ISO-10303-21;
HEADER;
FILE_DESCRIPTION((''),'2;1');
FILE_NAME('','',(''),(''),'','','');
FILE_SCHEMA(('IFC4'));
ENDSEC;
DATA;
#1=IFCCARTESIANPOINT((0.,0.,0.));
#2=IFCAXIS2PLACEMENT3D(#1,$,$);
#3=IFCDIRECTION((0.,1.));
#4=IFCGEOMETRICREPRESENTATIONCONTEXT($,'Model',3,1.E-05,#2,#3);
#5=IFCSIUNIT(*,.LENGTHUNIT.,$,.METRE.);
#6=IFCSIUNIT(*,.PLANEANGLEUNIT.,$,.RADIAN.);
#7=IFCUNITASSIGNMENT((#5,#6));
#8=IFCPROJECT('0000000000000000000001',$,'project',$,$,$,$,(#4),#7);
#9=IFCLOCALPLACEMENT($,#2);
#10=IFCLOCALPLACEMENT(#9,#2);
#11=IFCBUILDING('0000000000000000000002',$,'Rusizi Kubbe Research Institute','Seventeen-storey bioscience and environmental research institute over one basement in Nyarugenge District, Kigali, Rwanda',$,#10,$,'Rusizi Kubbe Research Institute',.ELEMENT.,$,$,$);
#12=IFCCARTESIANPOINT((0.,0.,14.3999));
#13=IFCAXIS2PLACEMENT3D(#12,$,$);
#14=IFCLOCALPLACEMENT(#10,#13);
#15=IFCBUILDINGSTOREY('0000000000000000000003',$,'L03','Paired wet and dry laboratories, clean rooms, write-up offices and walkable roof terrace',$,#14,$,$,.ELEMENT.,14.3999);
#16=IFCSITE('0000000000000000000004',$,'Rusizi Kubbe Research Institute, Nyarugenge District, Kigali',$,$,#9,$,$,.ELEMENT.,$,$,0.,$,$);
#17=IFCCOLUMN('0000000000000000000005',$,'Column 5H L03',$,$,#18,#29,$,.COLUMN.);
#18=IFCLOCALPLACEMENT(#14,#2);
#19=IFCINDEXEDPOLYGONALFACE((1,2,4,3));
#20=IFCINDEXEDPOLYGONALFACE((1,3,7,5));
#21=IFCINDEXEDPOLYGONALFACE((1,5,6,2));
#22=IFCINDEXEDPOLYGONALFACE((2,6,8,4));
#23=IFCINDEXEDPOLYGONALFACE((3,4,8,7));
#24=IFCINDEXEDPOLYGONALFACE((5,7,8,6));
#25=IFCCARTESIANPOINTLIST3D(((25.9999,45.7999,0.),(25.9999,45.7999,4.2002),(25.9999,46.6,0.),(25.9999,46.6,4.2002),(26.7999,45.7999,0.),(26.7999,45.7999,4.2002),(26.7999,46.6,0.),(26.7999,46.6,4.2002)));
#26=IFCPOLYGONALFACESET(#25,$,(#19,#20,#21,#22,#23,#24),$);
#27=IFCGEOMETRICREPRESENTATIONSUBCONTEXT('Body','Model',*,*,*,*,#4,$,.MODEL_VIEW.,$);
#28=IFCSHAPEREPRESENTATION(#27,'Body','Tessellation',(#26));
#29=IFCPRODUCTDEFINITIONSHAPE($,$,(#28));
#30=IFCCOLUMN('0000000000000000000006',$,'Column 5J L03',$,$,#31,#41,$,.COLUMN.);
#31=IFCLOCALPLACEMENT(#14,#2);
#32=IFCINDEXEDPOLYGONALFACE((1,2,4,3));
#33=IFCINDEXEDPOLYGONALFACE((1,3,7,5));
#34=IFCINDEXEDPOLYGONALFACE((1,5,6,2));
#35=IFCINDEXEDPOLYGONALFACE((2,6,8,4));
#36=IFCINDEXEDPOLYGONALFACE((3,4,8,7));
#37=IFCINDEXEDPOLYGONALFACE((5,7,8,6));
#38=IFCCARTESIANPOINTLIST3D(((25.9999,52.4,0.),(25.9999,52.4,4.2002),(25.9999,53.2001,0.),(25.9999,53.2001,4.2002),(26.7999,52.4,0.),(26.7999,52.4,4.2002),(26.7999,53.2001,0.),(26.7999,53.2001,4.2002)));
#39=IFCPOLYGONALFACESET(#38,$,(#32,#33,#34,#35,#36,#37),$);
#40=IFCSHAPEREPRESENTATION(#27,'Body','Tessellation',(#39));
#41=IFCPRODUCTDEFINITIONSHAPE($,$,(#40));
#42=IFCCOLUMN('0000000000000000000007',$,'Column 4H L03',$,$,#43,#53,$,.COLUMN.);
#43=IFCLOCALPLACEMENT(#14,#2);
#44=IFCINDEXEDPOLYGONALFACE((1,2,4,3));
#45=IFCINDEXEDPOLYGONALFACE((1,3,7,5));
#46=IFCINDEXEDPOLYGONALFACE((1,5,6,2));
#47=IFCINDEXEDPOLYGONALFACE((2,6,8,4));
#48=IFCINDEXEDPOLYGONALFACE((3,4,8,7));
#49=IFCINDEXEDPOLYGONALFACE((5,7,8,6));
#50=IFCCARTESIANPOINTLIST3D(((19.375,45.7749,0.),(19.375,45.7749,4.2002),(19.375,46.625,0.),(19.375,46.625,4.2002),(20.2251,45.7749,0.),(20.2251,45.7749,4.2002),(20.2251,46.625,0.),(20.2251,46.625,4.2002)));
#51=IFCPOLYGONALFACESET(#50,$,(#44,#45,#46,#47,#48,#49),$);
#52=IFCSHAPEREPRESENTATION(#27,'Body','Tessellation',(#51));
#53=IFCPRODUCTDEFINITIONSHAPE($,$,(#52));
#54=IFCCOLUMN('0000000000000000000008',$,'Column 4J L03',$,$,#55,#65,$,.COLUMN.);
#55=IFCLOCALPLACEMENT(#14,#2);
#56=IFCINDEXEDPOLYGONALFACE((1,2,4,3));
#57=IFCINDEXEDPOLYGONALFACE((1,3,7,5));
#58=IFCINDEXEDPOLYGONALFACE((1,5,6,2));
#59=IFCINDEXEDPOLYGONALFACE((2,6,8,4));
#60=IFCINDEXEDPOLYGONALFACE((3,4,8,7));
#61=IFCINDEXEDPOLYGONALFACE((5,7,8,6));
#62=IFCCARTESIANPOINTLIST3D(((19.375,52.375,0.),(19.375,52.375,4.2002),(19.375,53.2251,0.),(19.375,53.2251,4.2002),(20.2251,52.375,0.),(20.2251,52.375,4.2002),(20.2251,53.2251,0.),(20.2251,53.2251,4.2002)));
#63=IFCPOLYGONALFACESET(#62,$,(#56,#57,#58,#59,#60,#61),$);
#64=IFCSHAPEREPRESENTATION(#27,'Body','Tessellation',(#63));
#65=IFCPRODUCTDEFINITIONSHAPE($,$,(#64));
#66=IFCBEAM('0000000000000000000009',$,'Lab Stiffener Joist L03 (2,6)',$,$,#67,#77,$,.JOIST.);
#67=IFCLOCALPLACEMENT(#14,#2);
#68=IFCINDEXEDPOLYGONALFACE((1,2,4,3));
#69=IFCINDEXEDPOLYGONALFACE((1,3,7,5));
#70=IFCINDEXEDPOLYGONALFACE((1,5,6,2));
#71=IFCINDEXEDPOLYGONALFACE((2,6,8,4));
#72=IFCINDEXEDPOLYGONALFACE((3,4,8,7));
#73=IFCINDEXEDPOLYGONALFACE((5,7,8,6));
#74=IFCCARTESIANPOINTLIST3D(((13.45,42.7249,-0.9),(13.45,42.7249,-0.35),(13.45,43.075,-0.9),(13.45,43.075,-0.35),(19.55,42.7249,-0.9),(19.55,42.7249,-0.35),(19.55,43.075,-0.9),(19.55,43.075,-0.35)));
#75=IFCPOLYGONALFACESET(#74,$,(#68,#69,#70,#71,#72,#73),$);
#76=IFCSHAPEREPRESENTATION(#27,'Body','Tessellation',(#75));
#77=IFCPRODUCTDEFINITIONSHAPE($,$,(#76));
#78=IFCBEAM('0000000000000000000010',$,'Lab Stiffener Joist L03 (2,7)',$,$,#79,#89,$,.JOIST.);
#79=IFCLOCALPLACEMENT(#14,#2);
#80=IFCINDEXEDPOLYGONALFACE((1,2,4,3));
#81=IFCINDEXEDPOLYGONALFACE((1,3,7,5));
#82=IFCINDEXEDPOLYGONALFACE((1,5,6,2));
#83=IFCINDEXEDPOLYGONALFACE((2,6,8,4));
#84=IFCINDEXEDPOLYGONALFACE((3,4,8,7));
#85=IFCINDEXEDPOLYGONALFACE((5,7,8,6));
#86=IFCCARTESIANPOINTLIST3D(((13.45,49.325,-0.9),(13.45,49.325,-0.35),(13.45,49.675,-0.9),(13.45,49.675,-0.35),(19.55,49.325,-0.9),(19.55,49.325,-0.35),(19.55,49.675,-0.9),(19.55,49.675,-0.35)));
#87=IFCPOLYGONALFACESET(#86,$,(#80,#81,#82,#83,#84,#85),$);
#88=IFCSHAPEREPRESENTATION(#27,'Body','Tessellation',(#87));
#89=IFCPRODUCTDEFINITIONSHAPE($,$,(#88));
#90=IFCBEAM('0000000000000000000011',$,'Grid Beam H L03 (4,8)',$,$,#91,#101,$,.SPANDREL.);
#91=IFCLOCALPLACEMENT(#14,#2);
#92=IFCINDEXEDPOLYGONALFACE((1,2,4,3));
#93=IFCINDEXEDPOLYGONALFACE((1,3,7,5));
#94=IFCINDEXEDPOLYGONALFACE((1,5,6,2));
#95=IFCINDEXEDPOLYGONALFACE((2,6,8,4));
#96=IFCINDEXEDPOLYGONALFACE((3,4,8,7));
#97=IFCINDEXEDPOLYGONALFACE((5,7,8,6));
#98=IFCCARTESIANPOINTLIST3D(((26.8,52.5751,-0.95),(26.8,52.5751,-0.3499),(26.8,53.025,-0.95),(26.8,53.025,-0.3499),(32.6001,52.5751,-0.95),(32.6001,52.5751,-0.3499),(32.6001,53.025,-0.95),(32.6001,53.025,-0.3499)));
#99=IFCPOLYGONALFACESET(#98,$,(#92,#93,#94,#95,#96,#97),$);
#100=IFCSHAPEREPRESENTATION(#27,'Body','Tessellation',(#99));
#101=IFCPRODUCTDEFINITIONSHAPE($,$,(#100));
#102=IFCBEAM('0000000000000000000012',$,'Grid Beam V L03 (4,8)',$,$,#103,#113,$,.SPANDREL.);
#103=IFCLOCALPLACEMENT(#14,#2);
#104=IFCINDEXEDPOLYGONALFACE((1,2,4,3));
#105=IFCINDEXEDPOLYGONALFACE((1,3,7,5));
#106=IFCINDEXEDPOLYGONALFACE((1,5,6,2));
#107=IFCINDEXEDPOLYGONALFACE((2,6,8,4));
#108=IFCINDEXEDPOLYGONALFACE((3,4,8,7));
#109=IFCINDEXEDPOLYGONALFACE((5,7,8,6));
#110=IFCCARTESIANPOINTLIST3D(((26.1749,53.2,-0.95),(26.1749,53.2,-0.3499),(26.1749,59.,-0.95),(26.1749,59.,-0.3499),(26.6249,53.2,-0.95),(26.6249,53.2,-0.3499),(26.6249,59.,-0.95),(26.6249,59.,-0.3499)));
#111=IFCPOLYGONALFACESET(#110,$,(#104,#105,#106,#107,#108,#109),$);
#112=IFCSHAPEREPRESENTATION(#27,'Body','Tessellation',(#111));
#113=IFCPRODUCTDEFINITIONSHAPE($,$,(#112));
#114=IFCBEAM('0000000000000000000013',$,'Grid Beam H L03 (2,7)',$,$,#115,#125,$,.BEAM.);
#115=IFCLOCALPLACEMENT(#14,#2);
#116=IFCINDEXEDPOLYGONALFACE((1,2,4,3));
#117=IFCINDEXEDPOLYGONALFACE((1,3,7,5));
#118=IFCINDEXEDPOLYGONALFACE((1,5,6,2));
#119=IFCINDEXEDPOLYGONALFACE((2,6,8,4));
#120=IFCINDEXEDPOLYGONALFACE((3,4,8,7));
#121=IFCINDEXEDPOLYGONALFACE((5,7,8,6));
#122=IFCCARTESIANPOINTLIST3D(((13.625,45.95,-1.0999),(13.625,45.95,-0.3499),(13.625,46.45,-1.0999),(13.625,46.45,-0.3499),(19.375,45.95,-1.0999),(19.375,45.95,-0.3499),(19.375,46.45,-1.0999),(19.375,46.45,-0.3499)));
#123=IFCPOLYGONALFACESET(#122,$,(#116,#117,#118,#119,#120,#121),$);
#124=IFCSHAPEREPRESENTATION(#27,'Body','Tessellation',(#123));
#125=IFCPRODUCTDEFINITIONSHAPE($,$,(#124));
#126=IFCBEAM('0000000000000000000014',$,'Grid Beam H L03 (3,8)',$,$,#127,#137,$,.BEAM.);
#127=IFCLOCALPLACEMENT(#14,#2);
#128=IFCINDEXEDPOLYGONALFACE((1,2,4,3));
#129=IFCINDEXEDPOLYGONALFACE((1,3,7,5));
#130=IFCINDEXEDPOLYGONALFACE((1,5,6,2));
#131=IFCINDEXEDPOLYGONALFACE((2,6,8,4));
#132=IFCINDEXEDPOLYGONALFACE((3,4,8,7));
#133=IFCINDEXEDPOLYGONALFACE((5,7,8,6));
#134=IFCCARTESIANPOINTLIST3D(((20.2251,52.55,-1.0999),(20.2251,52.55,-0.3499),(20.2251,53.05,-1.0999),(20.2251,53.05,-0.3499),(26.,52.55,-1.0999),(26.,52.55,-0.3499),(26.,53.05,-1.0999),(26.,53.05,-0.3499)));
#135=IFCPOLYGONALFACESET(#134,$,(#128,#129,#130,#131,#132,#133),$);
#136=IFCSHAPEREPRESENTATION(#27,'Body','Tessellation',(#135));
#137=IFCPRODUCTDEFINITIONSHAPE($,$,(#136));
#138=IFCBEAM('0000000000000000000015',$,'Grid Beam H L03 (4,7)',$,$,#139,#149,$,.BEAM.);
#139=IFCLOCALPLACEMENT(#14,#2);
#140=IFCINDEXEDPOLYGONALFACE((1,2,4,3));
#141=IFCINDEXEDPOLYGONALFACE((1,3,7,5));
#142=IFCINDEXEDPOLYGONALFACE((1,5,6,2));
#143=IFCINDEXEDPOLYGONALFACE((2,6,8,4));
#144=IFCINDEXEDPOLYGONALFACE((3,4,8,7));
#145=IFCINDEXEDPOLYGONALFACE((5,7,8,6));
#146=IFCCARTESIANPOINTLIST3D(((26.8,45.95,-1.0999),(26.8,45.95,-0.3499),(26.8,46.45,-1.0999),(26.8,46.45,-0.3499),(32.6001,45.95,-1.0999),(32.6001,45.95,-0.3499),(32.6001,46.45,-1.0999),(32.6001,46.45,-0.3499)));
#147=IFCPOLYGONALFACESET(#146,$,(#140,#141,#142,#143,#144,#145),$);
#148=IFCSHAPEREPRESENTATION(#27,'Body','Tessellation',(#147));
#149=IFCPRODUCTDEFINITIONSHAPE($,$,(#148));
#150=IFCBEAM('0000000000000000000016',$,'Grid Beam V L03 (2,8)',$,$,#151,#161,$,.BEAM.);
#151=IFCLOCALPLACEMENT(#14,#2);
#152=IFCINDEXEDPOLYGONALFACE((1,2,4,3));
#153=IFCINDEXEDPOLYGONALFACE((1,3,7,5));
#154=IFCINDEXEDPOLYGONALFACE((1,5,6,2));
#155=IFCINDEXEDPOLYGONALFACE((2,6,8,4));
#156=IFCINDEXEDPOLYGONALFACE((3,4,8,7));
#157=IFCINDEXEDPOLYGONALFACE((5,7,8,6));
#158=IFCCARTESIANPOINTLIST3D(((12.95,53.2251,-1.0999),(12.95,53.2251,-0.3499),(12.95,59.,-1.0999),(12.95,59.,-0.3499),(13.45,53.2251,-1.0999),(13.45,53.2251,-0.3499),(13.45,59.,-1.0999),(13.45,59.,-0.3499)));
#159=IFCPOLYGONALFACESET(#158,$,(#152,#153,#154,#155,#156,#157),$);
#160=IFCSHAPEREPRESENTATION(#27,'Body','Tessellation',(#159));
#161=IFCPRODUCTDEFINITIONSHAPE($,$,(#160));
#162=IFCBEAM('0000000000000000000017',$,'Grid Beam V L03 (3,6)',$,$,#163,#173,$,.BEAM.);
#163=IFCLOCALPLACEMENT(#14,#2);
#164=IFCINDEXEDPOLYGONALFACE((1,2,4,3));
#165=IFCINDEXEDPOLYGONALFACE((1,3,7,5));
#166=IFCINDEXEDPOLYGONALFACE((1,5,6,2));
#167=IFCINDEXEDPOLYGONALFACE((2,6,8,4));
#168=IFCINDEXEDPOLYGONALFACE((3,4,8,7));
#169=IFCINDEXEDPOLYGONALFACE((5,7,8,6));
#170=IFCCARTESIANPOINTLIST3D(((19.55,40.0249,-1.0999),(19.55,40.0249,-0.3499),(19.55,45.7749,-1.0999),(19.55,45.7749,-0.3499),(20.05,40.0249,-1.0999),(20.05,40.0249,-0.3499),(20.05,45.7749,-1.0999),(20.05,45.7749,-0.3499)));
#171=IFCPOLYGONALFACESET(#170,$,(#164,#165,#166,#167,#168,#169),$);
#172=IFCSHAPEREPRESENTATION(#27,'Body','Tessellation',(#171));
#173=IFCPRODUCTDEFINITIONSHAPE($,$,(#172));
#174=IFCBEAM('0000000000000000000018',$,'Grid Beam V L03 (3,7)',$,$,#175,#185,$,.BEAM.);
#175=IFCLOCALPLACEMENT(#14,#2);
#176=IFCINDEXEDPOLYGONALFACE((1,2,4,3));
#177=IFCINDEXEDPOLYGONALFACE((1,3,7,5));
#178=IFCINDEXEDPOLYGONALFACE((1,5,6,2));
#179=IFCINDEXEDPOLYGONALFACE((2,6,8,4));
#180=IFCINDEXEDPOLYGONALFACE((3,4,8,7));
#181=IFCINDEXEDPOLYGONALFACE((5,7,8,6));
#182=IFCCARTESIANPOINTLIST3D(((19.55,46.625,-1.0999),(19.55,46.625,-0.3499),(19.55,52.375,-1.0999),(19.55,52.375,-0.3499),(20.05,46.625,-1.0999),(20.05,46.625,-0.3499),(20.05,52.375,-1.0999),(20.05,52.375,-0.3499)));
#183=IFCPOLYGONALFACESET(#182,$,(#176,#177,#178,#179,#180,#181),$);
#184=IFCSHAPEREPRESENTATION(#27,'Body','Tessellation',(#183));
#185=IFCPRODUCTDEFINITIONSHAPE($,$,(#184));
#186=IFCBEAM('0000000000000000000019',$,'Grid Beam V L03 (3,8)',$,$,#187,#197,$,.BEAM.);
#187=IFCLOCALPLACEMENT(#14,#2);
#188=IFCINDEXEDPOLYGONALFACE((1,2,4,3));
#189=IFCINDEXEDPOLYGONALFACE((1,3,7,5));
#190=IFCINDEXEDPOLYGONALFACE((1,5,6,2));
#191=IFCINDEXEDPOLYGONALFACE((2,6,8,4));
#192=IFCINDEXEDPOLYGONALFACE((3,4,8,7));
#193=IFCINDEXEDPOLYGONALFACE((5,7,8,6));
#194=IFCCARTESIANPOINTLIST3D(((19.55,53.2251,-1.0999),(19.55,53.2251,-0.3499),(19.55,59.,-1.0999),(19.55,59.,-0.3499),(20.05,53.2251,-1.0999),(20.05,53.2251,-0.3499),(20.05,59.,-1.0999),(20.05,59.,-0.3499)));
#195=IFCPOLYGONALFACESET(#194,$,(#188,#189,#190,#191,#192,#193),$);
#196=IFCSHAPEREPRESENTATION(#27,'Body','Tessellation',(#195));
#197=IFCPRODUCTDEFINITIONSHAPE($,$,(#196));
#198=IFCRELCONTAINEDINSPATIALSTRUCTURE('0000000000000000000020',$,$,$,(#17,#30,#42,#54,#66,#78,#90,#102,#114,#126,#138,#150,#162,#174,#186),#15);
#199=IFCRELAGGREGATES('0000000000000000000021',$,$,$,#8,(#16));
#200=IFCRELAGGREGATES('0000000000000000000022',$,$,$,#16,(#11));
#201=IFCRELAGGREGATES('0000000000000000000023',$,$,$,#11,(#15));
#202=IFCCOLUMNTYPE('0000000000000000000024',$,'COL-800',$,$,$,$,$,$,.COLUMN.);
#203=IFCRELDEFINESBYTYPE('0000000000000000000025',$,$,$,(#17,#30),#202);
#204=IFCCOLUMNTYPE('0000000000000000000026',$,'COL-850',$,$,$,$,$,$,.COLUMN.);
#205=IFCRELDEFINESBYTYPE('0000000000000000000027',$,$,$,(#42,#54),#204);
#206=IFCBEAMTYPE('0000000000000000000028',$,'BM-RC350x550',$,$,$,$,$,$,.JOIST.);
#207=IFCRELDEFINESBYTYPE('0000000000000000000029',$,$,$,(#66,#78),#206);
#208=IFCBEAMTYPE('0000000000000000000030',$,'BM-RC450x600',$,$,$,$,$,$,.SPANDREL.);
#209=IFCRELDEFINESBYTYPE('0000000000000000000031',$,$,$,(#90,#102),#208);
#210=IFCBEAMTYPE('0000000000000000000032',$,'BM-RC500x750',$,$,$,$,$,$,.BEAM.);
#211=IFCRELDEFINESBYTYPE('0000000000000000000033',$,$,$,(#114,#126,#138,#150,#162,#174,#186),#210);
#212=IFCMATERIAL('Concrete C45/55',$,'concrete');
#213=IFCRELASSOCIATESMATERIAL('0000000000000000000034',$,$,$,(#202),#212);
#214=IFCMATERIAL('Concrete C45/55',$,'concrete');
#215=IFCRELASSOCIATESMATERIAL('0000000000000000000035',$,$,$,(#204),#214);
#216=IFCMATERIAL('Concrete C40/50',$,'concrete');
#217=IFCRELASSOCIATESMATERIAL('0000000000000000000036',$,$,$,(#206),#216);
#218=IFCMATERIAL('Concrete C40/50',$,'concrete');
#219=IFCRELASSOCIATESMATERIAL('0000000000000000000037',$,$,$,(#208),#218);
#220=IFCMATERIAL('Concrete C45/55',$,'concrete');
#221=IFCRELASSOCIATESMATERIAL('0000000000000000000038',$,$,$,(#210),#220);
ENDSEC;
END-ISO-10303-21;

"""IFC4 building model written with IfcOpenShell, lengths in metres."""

from ifc_helpers import new_model, si_unit, direction, frame, origin, origin_2d, place, context, subcontext, project, spatial, rectangle, extrude, material, material_profile, profile_set, type_object, element, save


model = new_model("IFC4")

# Units and contexts
model_context = context("Model", 3, precision=1e-05, world=origin(), true_north=direction((0.0, 1.0)))
body_context = subcontext(model_context, "Body", "Model", "MODEL_VIEW")
ifc_project = project(units=[si_unit("LENGTHUNIT", "METRE"), si_unit("PLANEANGLEUNIT", "RADIAN")], contexts=[model_context])

# Site, building, storey
site_placement = place(None, origin())
site = spatial("IfcSite", under=ifc_project, at=site_placement, Name="Rusizi Kubbe Research Institute, Nyarugenge District, Kigali", CompositionType="ELEMENT", RefElevation=0.0)
building_placement = place(site_placement, origin())
building = spatial("IfcBuilding", under=site, at=building_placement, Name="Rusizi Kubbe Research Institute", Description="Seventeen-storey bioscience and environmental research institute over one basement in Nyarugenge District, Kigali, Rwanda", LongName="Rusizi Kubbe Research Institute", CompositionType="ELEMENT")
storey_placement = place(building_placement, frame((0.0, 0.0, 14.3999)))
storey = spatial("IfcBuildingStorey", under=building, at=storey_placement, Name="L03", Description="Paired wet and dry laboratories, clean rooms, write-up offices and walkable roof terrace", CompositionType="ELEMENT", Elevation=14.3999)

# Columns
ifc_material_1 = material(Name="Concrete C45/55", Category="concrete")
ifc_material_profile_1 = material_profile(ifc_material_1, rectangle(XDim=0.8, YDim=0.8, at=origin_2d()), Name="RC800x800")
ifc_profile_set_1 = profile_set([ifc_material_profile_1], Name="Concrete C45/55")
column_type_1 = type_object("IfcColumnType", Name="COL-800", PredefinedType="COLUMN", material=ifc_profile_set_1)
for number, where, z_axis, x_axis, name in (
    (1, (26.3999, 46.2, 0.0), (0.0, 0.0, 1.0), (1.0, 0.0, 0.0), "Column 5H L03"),
    (2, (26.3999, 52.8, 0.0), (0.0, 0.0, 1.0), (1.0, 0.0, 0.0), "Column 5J L03"),
):
    element("IfcColumn", number, at=place(storey_placement, frame(where, z_axis=z_axis, x_axis=x_axis)), inside=storey, type_object=column_type_1, Name=name, PredefinedType="COLUMN", context=body_context, shape_type="SweptSolid", body=[
        extrude(rectangle(XDim=0.8, YDim=0.8, at=origin_2d()), origin(), (0.0, 0.0, 1.0), 4.2002),
    ])
ifc_material_2 = material(Name="Concrete C45/55", Category="concrete")
ifc_material_profile_2 = material_profile(ifc_material_2, rectangle(XDim=0.8501, YDim=0.8501, at=origin_2d()), Name="RC850x850")
ifc_profile_set_2 = profile_set([ifc_material_profile_2], Name="Concrete C45/55")
column_type_2 = type_object("IfcColumnType", Name="COL-850", PredefinedType="COLUMN", material=ifc_profile_set_2)
for number, where, z_axis, x_axis, name in (
    (3, (19.8, 46.2, 0.0), (0.0, 0.0, 1.0), (1.0, 0.0, 0.0), "Column 4H L03"),
    (4, (19.8, 52.8, 0.0), (0.0, 0.0, 1.0), (1.0, 0.0, 0.0), "Column 4J L03"),
):
    element("IfcColumn", number, at=place(storey_placement, frame(where, z_axis=z_axis, x_axis=x_axis)), inside=storey, type_object=column_type_2, Name=name, PredefinedType="COLUMN", context=body_context, shape_type="SweptSolid", body=[
        extrude(rectangle(XDim=0.8501, YDim=0.8501, at=origin_2d()), origin(), (0.0, 0.0, 1.0), 4.2002),
    ])

# Beams
ifc_material_3 = material(Name="Concrete C40/50", Category="concrete")
ifc_material_profile_3 = material_profile(ifc_material_3, rectangle(XDim=0.3501, YDim=0.55, at=origin_2d()), Name="RC350x550")
ifc_profile_set_3 = profile_set([ifc_material_profile_3], Name="Concrete C40/50")
beam_type_1 = type_object("IfcBeamType", Name="BM-RC350x550", PredefinedType="JOIST", material=ifc_profile_set_3)
for number, where, z_axis, x_axis, name in (
    (5, (13.45, 42.8999, -0.625), (1.0, 0.0, 0.0), (0.0, 1.0, 0.0), "Lab Stiffener Joist L03 (2,6)"),
    (6, (13.45, 49.5, -0.625), (1.0, 0.0, 0.0), (0.0, 1.0, 0.0), "Lab Stiffener Joist L03 (2,7)"),
):
    element("IfcBeam", number, at=place(storey_placement, frame(where, z_axis=z_axis, x_axis=x_axis)), inside=storey, type_object=beam_type_1, Name=name, PredefinedType="JOIST", context=body_context, shape_type="SweptSolid", body=[
        extrude(rectangle(XDim=0.3501, YDim=0.55, at=origin_2d()), origin(), (0.0, 0.0, 1.0), 6.1001),
    ])
ifc_material_4 = material(Name="Concrete C40/50", Category="concrete")
ifc_material_profile_4 = material_profile(ifc_material_4, rectangle(XDim=0.45, YDim=0.6001, at=origin_2d()), Name="RC450x600")
ifc_profile_set_4 = profile_set([ifc_material_profile_4], Name="Concrete C40/50")
beam_type_2 = type_object("IfcBeamType", Name="BM-RC450x600", PredefinedType="SPANDREL", material=ifc_profile_set_4)
for number, where, z_axis, x_axis, name in (
    (7, (26.8, 52.8, -0.6499), (1.0, 0.0, 0.0), (0.0, 1.0, 0.0), "Grid Beam H L03 (4,8)"),
    (8, (26.3999, 53.2, -0.6499), (0.0, 1.0, 0.0), (-1.0, 0.0, 0.0), "Grid Beam V L03 (4,8)"),
):
    element("IfcBeam", number, at=place(storey_placement, frame(where, z_axis=z_axis, x_axis=x_axis)), inside=storey, type_object=beam_type_2, Name=name, PredefinedType="SPANDREL", context=body_context, shape_type="SweptSolid", body=[
        extrude(rectangle(XDim=0.45, YDim=0.6001, at=origin_2d()), origin(), (0.0, 0.0, 1.0), 5.8),
    ])
ifc_material_5 = material(Name="Concrete C45/55", Category="concrete")
ifc_material_profile_5 = material_profile(ifc_material_5, rectangle(XDim=0.5, YDim=0.75, at=origin_2d()), Name="RC500x750B")
ifc_profile_set_5 = profile_set([ifc_material_profile_5], Name="Concrete C45/55")
beam_type_3 = type_object("IfcBeamType", Name="BM-RC500x750", PredefinedType="BEAM", material=ifc_profile_set_5)
beam_1_placement = place(storey_placement, frame((13.625, 46.2, -0.7249), z_axis=(1.0, 0.0, 0.0), x_axis=(0.0, 1.0, 0.0)))
element("IfcBeam", 9, at=beam_1_placement, inside=storey, type_object=beam_type_3, Name="Grid Beam H L03 (2,7)", PredefinedType="BEAM", context=body_context, shape_type="SweptSolid", body=[
    extrude(rectangle(XDim=0.5, YDim=0.75, at=origin_2d()), origin(), (0.0, 0.0, 1.0), 5.75),
])
beam_2_placement = place(storey_placement, frame((20.2251, 52.8, -0.7249), z_axis=(1.0, 0.0, 0.0), x_axis=(0.0, 1.0, 0.0)))
element("IfcBeam", 10, at=beam_2_placement, inside=storey, type_object=beam_type_3, Name="Grid Beam H L03 (3,8)", PredefinedType="BEAM", context=body_context, shape_type="SweptSolid", body=[
    extrude(rectangle(XDim=0.5, YDim=0.75, at=origin_2d()), origin(), (0.0, 0.0, 1.0), 5.7749),
])
beam_3_placement = place(storey_placement, frame((26.8, 46.2, -0.7249), z_axis=(1.0, 0.0, 0.0), x_axis=(0.0, 1.0, 0.0)))
element("IfcBeam", 11, at=beam_3_placement, inside=storey, type_object=beam_type_3, Name="Grid Beam H L03 (4,7)", PredefinedType="BEAM", context=body_context, shape_type="SweptSolid", body=[
    extrude(rectangle(XDim=0.5, YDim=0.75, at=origin_2d()), origin(), (0.0, 0.0, 1.0), 5.8),
])
beam_4_placement = place(storey_placement, frame((13.2, 53.2251, -0.7249), z_axis=(0.0, 1.0, 0.0), x_axis=(-1.0, 0.0, 0.0)))
element("IfcBeam", 12, at=beam_4_placement, inside=storey, type_object=beam_type_3, Name="Grid Beam V L03 (2,8)", PredefinedType="BEAM", context=body_context, shape_type="SweptSolid", body=[
    extrude(rectangle(XDim=0.5, YDim=0.75, at=origin_2d()), origin(), (0.0, 0.0, 1.0), 5.7749),
])
for number, where, z_axis, x_axis, name in (
    (13, (19.8, 40.0249, -0.7249), (0.0, 1.0, 0.0), (-1.0, 0.0, 0.0), "Grid Beam V L03 (3,6)"),
    (14, (19.8, 46.625, -0.7249), (0.0, 1.0, 0.0), (-1.0, 0.0, 0.0), "Grid Beam V L03 (3,7)"),
):
    element("IfcBeam", number, at=place(storey_placement, frame(where, z_axis=z_axis, x_axis=x_axis)), inside=storey, type_object=beam_type_3, Name=name, PredefinedType="BEAM", context=body_context, shape_type="SweptSolid", body=[
        extrude(rectangle(XDim=0.5, YDim=0.75, at=origin_2d()), origin(), (0.0, 0.0, 1.0), 5.75),
    ])
beam_5_placement = place(storey_placement, frame((19.8, 53.2251, -0.7249), z_axis=(0.0, 1.0, 0.0), x_axis=(-1.0, 0.0, 0.0)))
element("IfcBeam", 15, at=beam_5_placement, inside=storey, type_object=beam_type_3, Name="Grid Beam V L03 (3,8)", PredefinedType="BEAM", context=body_context, shape_type="SweptSolid", body=[
    extrude(rectangle(XDim=0.5, YDim=0.75, at=origin_2d()), origin(), (0.0, 0.0, 1.0), 5.7749),
])

save(model, "model.ifc")
